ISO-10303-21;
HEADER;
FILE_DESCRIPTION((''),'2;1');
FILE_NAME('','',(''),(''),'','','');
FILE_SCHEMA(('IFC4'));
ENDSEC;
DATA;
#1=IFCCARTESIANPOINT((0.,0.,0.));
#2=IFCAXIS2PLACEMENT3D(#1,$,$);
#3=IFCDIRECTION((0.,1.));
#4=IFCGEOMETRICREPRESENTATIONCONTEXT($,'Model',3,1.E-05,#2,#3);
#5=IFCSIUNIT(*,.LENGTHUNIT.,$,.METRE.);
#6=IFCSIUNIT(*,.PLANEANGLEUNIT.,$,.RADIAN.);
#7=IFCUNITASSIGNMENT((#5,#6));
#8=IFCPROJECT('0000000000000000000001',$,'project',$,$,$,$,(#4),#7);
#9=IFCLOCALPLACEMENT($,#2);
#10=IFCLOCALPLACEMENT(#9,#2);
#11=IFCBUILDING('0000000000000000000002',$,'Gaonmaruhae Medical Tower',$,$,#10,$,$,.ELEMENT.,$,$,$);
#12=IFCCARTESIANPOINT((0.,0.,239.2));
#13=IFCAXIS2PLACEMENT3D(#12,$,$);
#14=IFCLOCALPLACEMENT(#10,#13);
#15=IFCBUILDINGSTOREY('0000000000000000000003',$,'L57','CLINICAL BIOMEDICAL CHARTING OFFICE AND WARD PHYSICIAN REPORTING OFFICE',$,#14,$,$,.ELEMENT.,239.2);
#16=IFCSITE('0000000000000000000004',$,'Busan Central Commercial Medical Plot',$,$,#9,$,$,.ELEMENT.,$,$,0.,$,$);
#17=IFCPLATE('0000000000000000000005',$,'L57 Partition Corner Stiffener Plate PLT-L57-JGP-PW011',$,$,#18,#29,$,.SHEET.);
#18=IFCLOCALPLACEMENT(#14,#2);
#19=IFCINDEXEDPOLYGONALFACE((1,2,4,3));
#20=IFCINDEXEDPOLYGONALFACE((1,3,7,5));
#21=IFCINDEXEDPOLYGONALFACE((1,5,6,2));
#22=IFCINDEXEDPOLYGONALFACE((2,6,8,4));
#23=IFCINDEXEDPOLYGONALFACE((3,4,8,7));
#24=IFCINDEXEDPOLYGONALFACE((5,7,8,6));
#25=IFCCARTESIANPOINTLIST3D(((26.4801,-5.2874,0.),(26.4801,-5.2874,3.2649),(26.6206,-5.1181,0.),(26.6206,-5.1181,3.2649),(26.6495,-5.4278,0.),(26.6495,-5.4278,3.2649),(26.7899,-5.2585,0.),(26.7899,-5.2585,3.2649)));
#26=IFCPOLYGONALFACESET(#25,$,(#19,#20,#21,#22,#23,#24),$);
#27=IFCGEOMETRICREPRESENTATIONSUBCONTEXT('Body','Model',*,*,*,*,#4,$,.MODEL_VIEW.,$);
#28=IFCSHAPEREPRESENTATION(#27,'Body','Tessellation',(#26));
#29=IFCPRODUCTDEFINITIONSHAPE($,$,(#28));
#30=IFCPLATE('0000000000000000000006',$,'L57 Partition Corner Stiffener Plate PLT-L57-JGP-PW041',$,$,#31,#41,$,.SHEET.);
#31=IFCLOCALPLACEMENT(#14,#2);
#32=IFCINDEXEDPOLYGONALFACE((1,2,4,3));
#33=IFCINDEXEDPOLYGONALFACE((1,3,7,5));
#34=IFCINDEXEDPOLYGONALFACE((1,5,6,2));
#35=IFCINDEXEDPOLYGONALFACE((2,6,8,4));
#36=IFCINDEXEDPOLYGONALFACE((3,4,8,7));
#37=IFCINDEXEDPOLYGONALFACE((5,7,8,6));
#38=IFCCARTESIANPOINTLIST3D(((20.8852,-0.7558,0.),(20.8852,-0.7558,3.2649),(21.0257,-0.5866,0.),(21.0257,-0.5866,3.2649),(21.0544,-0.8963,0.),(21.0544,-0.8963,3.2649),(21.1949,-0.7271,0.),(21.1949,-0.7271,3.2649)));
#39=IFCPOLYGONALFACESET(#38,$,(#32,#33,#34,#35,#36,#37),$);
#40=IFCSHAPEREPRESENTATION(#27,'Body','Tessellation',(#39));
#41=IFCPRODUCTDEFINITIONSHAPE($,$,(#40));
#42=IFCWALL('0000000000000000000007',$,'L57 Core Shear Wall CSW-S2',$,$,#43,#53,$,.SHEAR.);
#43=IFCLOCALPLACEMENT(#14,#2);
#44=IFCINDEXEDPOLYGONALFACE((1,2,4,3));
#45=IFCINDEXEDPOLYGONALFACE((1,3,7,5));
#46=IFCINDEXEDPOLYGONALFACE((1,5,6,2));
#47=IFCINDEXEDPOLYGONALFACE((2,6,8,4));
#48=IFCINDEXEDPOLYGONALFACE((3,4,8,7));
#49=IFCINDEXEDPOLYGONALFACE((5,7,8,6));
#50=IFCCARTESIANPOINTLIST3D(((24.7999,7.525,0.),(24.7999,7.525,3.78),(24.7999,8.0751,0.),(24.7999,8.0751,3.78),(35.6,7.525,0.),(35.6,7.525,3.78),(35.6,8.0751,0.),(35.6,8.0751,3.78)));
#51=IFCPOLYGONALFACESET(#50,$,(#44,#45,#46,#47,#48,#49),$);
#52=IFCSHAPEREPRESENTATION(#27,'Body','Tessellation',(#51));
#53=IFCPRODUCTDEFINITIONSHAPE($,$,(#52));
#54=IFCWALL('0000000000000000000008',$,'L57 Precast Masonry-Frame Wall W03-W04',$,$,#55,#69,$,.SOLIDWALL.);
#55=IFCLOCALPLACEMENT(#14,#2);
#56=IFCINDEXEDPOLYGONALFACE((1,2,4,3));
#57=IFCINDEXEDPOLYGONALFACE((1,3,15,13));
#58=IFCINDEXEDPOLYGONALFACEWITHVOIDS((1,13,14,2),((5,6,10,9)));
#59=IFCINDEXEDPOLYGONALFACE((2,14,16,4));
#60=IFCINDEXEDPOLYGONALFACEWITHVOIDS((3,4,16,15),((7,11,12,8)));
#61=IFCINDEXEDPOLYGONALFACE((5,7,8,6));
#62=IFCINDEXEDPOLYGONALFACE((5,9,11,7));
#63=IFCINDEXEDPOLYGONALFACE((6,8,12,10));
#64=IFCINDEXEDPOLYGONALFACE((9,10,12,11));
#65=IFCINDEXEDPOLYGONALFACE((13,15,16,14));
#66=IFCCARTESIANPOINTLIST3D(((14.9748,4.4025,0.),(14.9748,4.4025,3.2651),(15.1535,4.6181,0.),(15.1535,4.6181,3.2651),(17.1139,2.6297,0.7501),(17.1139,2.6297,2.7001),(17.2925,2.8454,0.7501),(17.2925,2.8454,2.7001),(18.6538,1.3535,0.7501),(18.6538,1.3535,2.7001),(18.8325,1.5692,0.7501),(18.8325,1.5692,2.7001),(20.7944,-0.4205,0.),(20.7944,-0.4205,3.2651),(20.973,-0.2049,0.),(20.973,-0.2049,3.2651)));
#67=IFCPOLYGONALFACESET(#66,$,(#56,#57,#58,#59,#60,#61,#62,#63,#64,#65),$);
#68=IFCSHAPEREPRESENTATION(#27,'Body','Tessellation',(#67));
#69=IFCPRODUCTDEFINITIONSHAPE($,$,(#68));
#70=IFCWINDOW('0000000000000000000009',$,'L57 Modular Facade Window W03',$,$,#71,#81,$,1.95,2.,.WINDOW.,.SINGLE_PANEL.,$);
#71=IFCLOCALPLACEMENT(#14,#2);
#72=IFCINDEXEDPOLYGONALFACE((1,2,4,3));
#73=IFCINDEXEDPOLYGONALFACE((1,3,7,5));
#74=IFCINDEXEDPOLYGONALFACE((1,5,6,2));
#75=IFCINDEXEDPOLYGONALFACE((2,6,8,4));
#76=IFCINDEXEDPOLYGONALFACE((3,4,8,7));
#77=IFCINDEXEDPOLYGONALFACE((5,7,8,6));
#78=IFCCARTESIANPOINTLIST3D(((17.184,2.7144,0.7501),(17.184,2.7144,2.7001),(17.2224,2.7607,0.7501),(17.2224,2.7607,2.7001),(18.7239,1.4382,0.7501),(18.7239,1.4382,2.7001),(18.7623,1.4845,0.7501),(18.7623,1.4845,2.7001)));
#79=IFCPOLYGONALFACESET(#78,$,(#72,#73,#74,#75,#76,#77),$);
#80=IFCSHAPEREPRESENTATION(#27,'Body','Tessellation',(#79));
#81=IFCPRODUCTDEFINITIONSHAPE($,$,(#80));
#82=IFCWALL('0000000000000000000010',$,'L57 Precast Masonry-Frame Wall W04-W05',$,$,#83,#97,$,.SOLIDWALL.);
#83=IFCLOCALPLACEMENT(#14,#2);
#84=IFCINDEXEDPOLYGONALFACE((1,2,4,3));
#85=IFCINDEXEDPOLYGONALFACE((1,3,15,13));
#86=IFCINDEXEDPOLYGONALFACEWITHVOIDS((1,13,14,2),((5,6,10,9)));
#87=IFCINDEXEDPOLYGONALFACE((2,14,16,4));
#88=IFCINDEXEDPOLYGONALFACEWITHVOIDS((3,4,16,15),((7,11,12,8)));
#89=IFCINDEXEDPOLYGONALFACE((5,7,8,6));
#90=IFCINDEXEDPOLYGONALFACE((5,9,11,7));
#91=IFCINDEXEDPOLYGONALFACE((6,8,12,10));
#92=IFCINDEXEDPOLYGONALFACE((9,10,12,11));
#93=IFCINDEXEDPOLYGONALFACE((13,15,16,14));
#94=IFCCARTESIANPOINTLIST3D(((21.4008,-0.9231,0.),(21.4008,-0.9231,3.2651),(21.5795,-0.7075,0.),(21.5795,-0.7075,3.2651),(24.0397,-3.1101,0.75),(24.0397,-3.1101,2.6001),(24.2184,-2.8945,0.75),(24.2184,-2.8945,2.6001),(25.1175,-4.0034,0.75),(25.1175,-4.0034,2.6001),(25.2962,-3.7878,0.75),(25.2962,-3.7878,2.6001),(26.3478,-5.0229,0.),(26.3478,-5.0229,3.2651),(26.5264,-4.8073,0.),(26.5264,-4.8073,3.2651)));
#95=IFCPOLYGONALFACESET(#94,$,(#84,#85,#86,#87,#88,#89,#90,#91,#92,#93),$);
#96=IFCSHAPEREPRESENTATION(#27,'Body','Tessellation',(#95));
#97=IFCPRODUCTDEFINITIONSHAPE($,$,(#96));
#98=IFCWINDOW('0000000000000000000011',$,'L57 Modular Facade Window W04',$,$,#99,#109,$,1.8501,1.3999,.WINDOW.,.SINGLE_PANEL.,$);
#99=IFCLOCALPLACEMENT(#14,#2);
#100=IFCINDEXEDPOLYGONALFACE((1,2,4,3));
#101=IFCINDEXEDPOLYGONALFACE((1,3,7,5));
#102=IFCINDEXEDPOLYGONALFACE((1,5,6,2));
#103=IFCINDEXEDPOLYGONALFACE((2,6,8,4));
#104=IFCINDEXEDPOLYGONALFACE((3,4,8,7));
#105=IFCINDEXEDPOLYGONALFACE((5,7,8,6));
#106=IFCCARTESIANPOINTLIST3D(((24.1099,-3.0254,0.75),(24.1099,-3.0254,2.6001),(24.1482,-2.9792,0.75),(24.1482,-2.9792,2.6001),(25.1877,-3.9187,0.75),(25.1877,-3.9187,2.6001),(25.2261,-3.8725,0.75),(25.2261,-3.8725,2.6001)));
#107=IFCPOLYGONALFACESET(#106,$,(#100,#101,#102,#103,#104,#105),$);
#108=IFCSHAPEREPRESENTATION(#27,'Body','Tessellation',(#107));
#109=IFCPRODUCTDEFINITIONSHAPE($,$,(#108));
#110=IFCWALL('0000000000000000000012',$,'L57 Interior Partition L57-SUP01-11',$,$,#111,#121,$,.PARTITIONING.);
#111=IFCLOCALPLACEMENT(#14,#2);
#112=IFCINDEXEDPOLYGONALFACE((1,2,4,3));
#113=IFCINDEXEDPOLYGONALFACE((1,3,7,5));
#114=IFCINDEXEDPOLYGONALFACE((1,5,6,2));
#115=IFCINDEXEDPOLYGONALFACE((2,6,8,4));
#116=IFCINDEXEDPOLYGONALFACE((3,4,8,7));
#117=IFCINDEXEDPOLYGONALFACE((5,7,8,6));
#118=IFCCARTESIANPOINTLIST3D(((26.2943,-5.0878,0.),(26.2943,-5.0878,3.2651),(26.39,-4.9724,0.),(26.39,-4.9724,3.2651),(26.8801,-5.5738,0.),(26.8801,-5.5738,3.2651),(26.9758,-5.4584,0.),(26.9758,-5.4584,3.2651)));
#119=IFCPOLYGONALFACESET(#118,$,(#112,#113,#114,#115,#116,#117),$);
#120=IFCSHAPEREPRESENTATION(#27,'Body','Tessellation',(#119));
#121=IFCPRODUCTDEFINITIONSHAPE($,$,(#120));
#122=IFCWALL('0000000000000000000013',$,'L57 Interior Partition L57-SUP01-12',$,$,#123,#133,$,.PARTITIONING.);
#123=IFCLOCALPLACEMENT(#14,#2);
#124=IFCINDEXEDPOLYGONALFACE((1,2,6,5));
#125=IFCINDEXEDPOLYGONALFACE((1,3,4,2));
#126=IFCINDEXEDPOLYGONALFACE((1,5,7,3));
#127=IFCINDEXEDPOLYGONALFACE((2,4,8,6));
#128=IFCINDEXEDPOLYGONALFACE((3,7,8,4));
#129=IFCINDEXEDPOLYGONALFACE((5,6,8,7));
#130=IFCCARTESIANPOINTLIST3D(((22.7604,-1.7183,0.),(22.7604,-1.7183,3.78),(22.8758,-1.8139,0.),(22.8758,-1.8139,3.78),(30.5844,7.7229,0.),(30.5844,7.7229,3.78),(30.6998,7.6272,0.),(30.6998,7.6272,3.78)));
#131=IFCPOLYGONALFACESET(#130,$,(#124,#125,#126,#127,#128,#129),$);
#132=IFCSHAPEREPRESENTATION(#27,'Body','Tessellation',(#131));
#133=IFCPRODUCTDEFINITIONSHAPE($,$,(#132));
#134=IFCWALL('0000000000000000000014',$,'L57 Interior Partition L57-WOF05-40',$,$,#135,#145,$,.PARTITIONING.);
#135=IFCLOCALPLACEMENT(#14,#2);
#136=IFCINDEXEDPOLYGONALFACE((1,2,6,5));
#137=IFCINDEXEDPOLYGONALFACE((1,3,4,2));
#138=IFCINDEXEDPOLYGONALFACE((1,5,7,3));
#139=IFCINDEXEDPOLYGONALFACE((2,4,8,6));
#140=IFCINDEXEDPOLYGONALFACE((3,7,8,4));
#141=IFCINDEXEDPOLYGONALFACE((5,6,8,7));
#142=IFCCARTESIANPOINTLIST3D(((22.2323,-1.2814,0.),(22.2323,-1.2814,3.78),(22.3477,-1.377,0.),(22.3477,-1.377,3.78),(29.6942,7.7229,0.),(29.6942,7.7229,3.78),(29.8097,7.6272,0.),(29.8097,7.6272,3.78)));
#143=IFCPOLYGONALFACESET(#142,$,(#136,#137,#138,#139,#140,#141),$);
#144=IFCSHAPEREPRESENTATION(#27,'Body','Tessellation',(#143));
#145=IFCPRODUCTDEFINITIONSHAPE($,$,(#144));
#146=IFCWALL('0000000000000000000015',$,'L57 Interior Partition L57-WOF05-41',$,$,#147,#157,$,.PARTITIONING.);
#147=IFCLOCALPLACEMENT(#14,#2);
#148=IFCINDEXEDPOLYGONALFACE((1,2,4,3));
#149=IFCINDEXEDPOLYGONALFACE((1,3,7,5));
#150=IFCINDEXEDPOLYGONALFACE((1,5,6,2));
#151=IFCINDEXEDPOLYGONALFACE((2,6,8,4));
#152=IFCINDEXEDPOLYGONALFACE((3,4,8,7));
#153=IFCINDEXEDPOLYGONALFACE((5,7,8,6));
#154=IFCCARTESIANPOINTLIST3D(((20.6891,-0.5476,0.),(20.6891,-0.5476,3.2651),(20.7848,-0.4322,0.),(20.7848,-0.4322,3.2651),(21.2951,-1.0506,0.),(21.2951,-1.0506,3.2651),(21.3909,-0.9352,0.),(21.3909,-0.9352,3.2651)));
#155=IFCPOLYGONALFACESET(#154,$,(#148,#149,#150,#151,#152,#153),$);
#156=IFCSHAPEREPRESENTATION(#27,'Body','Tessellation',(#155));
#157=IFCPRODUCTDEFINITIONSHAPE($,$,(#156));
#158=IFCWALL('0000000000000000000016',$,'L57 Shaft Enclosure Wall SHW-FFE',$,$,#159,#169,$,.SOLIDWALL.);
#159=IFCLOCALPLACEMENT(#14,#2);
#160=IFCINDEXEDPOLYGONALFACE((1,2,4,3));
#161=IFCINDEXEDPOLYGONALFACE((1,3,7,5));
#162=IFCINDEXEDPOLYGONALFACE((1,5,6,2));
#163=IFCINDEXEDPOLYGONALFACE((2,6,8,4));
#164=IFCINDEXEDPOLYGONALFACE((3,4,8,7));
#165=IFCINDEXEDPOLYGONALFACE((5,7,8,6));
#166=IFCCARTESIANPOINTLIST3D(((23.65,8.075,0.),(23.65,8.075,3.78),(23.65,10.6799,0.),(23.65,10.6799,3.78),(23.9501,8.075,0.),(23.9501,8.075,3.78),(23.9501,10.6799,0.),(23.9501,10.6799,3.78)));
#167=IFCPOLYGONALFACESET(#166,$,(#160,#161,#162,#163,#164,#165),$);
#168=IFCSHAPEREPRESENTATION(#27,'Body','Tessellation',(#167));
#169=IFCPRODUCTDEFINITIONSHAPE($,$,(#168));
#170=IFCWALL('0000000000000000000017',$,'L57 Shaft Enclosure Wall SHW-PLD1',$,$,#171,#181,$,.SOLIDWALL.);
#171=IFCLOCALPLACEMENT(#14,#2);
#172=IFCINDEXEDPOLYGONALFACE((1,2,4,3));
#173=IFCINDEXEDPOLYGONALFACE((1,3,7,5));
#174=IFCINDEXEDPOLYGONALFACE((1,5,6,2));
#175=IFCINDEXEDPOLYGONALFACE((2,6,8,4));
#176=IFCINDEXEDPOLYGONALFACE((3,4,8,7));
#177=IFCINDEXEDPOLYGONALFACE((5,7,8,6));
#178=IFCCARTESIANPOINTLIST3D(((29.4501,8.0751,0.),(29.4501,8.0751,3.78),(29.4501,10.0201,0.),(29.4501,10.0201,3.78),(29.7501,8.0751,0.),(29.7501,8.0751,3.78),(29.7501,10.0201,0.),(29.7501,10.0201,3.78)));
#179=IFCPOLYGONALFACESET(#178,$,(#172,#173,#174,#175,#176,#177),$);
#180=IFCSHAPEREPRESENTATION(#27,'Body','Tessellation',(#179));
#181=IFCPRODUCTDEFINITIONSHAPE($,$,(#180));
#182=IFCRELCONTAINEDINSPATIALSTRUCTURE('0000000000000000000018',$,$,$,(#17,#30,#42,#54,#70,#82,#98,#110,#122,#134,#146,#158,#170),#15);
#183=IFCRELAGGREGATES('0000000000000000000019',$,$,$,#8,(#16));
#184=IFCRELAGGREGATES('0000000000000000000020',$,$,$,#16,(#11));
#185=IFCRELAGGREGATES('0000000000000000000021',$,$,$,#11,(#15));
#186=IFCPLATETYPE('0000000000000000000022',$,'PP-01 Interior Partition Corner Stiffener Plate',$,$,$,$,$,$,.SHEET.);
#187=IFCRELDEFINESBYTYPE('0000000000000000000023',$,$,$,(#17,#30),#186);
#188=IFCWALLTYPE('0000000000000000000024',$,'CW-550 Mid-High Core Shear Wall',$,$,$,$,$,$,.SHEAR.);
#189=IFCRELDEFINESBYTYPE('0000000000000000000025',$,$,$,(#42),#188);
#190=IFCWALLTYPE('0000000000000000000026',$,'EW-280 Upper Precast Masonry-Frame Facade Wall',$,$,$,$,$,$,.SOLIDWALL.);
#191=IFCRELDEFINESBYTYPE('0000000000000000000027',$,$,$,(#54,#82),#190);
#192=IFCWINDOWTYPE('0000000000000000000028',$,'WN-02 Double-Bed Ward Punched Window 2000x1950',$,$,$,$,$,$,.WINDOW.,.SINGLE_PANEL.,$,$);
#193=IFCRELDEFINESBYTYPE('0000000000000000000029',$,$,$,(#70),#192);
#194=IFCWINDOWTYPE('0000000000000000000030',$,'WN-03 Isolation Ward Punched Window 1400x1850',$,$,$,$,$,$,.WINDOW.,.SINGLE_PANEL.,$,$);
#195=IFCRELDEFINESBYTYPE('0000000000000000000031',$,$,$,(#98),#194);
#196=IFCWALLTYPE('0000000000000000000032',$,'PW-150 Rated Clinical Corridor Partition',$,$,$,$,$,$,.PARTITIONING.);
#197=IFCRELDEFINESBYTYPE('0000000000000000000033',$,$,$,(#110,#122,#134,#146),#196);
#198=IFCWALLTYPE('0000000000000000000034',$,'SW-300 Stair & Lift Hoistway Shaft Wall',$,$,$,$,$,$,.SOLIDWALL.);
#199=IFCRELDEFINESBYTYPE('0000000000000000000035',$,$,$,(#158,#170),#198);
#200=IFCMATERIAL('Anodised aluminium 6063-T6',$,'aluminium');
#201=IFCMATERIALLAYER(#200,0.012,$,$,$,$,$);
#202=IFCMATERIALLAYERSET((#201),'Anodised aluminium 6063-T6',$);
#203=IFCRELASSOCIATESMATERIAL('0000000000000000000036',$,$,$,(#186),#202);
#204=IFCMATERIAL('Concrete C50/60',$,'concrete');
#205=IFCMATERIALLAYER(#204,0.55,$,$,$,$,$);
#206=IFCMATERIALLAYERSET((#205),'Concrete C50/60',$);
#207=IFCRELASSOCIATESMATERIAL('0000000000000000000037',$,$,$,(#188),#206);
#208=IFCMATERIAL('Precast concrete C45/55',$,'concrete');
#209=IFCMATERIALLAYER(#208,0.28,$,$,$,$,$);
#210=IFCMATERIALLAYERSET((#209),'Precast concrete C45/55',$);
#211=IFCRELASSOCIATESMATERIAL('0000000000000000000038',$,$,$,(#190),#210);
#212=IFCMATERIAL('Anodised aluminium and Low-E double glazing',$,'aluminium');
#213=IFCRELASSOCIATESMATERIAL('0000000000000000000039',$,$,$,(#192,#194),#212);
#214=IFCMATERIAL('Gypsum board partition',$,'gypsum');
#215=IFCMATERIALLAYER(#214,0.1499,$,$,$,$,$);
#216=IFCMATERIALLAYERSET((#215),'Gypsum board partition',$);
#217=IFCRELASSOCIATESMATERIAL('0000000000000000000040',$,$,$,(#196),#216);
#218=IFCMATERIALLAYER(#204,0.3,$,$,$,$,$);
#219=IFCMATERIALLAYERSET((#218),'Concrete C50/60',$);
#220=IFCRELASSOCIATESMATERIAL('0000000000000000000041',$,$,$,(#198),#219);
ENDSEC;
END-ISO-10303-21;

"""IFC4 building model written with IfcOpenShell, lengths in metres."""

from ifc_helpers import new_model, si_unit, direction, frame, frame_2d, origin, origin_2d, place, context, subcontext, project, spatial, rectangle, extrude, material, layer, layer_set, type_object, element, fill, save


model = new_model("IFC4")

# Units and contexts
model_context = context("Model", 3, precision=1e-05, world=origin(), true_north=direction((0.0, 1.0)))
body_context = subcontext(model_context, "Body", "Model", "MODEL_VIEW")
ifc_project = project(units=[si_unit("LENGTHUNIT", "METRE"), si_unit("PLANEANGLEUNIT", "RADIAN")], contexts=[model_context])

# Site, building, storey
site_placement = place(None, origin())
site = spatial("IfcSite", under=ifc_project, at=site_placement, Name="Busan Central Commercial Medical Plot", CompositionType="ELEMENT", RefElevation=0.0)
building_placement = place(site_placement, origin())
building = spatial("IfcBuilding", under=site, at=building_placement, Name="Gaonmaruhae Medical Tower", CompositionType="ELEMENT")
storey_placement = place(building_placement, frame((0.0, 0.0, 239.2)))
storey = spatial("IfcBuildingStorey", under=building, at=storey_placement, Name="L57", Description="CLINICAL BIOMEDICAL CHARTING OFFICE AND WARD PHYSICIAN REPORTING OFFICE", CompositionType="ELEMENT", Elevation=239.2)

# Shared definitions
ifc_material_1 = material(Name="Concrete C50/60", Category="concrete")

# Plates
ifc_material_2 = material(Name="Anodised aluminium 6063-T6", Category="aluminium")
ifc_layer_1 = layer(ifc_material_2, 0.012)
ifc_layer_set_1 = layer_set([ifc_layer_1], Name="Anodised aluminium 6063-T6")
plate_type = type_object("IfcPlateType", Name="PP-01 Interior Partition Corner Stiffener Plate", PredefinedType="SHEET", material=ifc_layer_set_1)
for number, where, z_axis, x_axis, name in (
    (1, (26.635, -5.2729, 0.0), (0.0, 0.0, 1.0), (-0.769723, 0.638378, 0.0), "L57 Partition Corner Stiffener Plate PLT-L57-JGP-PW011"),
    (2, (21.04, -0.7415, 0.0), (0.0, 0.0, 1.0), (-0.769466, 0.638687, 0.0), "L57 Partition Corner Stiffener Plate PLT-L57-JGP-PW041"),
):
    element("IfcPlate", number, at=place(storey_placement, frame(where, z_axis=z_axis, x_axis=x_axis)), inside=storey, type_object=plate_type, Name=name, PredefinedType="SHEET", context=body_context, shape_type="SweptSolid", body=[
        extrude(rectangle(XDim=0.22, YDim=0.22, at=origin_2d()), origin(), (0.0, 0.0, 1.0), 3.2649),
    ])

# Wall
ifc_layer_2 = layer(ifc_material_1, 0.55)
ifc_layer_set_2 = layer_set([ifc_layer_2], Name="Concrete C50/60")
wall_type_1 = type_object("IfcWallType", Name="CW-550 Mid-High Core Shear Wall", PredefinedType="SHEAR", material=ifc_layer_set_2)
wall_1_placement = place(storey_placement, frame((24.8, 7.8, 0.0), z_axis=(0.0, 0.0, 1.0), x_axis=(1.0, 0.0, 0.0)))
element("IfcWall", 3, at=wall_1_placement, inside=storey, type_object=wall_type_1, Name="L57 Core Shear Wall CSW-S2", PredefinedType="SHEAR", context=body_context, shape_type="SweptSolid", body=[
    extrude(rectangle(XDim=10.8, YDim=0.55, at=frame_2d((5.3999, 0.0))), origin(), (0.0, 0.0, 1.0), 3.78),
])

# Walls, openings, windows
ifc_material_3 = material(Name="Precast concrete C45/55", Category="concrete")
ifc_layer_3 = layer(ifc_material_3, 0.28)
ifc_layer_set_3 = layer_set([ifc_layer_3], Name="Precast concrete C45/55")
wall_type_2 = type_object("IfcWallType", Name="EW-280 Upper Precast Masonry-Frame Facade Wall", PredefinedType="SOLIDWALL", material=ifc_layer_set_3)
wall_2_placement = place(storey_placement, frame((20.8838, -0.3127, 0.0), z_axis=(0.0, 0.0, 1.0), x_axis=(-0.769953, 0.638101, 0.0)))
wall_2 = element("IfcWall", 4, at=wall_2_placement, inside=storey, type_object=wall_type_2, Name="L57 Precast Masonry-Frame Wall W03-W04", PredefinedType="SOLIDWALL", context=body_context, shape_type="SweptSolid", body=[
    extrude(rectangle(XDim=7.5583, YDim=0.28, at=frame_2d((3.7793, 0.0))), origin(), (0.0, 0.0, 1.0), 3.2651),
])
opening_1_placement = place(wall_2_placement, frame((2.7803, 0.0, 0.75)))
opening_1 = element("IfcOpeningElement", 5, at=opening_1_placement, cuts=wall_2, PredefinedType="OPENING", context=body_context, shape_type="SweptSolid", body=[
    extrude(rectangle(XDim=2.0, YDim=1.95, at=frame_2d((1.0, 0.9751))), frame((0.0, 0.1499, 0.0), z_axis=(0.0, -1.0, 0.0), x_axis=(1.0, 0.0, 0.0)), (0.0, 0.0, 1.0), 0.3),
])
ifc_material_4 = material(Name="Anodised aluminium and Low-E double glazing", Category="aluminium")
window_type_1 = type_object("IfcWindowType", Name="WN-02 Double-Bed Ward Punched Window 2000x1950", PartitioningType="SINGLE_PANEL", PredefinedType="WINDOW", material=ifc_material_4)
window_1_placement = place(opening_1_placement, origin())
window_1 = element("IfcWindow", 6, at=window_1_placement, inside=storey, type_object=window_type_1, Name="L57 Modular Facade Window W03", OverallHeight=1.95, OverallWidth=2.0, PartitioningType="SINGLE_PANEL", PredefinedType="WINDOW", context=body_context, shape_type="SweptSolid", body=[
    extrude(rectangle(XDim=2.0, YDim=1.95, at=frame_2d((1.0, 0.9751))), frame((0.0, 0.03, 0.0), z_axis=(0.0, -1.0, 0.0), x_axis=(1.0, 0.0, 0.0)), (0.0, 0.0, 1.0), 0.0601),
])
fill(opening_1, window_1)
wall_3_placement = place(storey_placement, frame((26.437, -4.915, 0.0), z_axis=(0.0, 0.0, 1.0), x_axis=(-0.769953, 0.6381, 0.0)))
wall_3 = element("IfcWall", 7, at=wall_3_placement, inside=storey, type_object=wall_type_2, Name="L57 Precast Masonry-Frame Wall W04-W05", PredefinedType="SOLIDWALL", context=body_context, shape_type="SweptSolid", body=[
    extrude(rectangle(XDim=6.425, YDim=0.28, at=frame_2d((3.2124, 0.0))), origin(), (0.0, 0.0, 1.0), 3.2651),
])
opening_2_placement = place(wall_3_placement, frame((1.5977, 0.0, 0.75)))
opening_2 = element("IfcOpeningElement", 8, at=opening_2_placement, cuts=wall_3, PredefinedType="OPENING", context=body_context, shape_type="SweptSolid", body=[
    extrude(rectangle(XDim=1.3999, YDim=1.8501, at=frame_2d((0.7, 0.925))), frame((0.0, 0.1499, 0.0), z_axis=(0.0, -1.0, 0.0), x_axis=(1.0, 0.0, 0.0)), (0.0, 0.0, 1.0), 0.3),
])
window_type_2 = type_object("IfcWindowType", Name="WN-03 Isolation Ward Punched Window 1400x1850", PartitioningType="SINGLE_PANEL", PredefinedType="WINDOW", material=ifc_material_4)
window_2_placement = place(opening_2_placement, origin())
window_2 = element("IfcWindow", 9, at=window_2_placement, inside=storey, type_object=window_type_2, Name="L57 Modular Facade Window W04", OverallHeight=1.8501, OverallWidth=1.3999, PartitioningType="SINGLE_PANEL", PredefinedType="WINDOW", context=body_context, shape_type="SweptSolid", body=[
    extrude(rectangle(XDim=1.3999, YDim=1.8501, at=frame_2d((0.7, 0.925))), frame((0.0, 0.03, 0.0), z_axis=(0.0, -1.0, 0.0), x_axis=(1.0, 0.0, 0.0)), (0.0, 0.0, 1.0), 0.0601),
])
fill(opening_2, window_2)

# Walls
ifc_material_5 = material(Name="Gypsum board partition", Category="gypsum")
ifc_layer_4 = layer(ifc_material_5, 0.1499)
ifc_layer_set_4 = layer_set([ifc_layer_4], Name="Gypsum board partition")
wall_type_3 = type_object("IfcWallType", Name="PW-150 Rated Clinical Corridor Partition", PredefinedType="PARTITIONING", material=ifc_layer_set_4)
wall_4_placement = place(storey_placement, frame((26.928, -5.5161, 0.0), z_axis=(0.0, 0.0, 1.0), x_axis=(-0.769639, 0.63848, 0.0)))
element("IfcWall", 10, at=wall_4_placement, inside=storey, type_object=wall_type_3, Name="L57 Interior Partition L57-SUP01-11", PredefinedType="PARTITIONING", context=body_context, shape_type="SweptSolid", body=[
    extrude(rectangle(XDim=0.7612, YDim=0.1499, at=frame_2d((0.3806, 0.0))), origin(), (0.0, 0.0, 1.0), 3.2651),
])
wall_5_placement = place(storey_placement, frame((22.8181, -1.7661, 0.0), z_axis=(0.0, 0.0, 1.0), x_axis=(0.638081, 0.76997, 0.0)))
element("IfcWall", 11, at=wall_5_placement, inside=storey, type_object=wall_type_3, Name="L57 Interior Partition L57-SUP01-12", PredefinedType="PARTITIONING", context=body_context, shape_type="SweptSolid", body=[
    extrude(rectangle(XDim=12.2617, YDim=0.1499, at=frame_2d((6.1309, 0.0))), origin(), (0.0, 0.0, 1.0), 3.78),
])
wall_6_placement = place(storey_placement, frame((29.752, 7.675, 0.0), z_axis=(0.0, 0.0, 1.0), x_axis=(-0.638085, -0.769966, 0.0)))
element("IfcWall", 12, at=wall_6_placement, inside=storey, type_object=wall_type_3, Name="L57 Interior Partition L57-WOF05-40", PredefinedType="PARTITIONING", context=body_context, shape_type="SweptSolid", body=[
    extrude(rectangle(XDim=11.6943, YDim=0.1499, at=frame_2d((5.8472, 0.0))), origin(), (0.0, 0.0, 1.0), 3.78),
])
wall_7_placement = place(storey_placement, frame((21.343, -0.9929, 0.0), z_axis=(0.0, 0.0, 1.0), x_axis=(-0.76949, 0.638658, 0.0)))
element("IfcWall", 13, at=wall_7_placement, inside=storey, type_object=wall_type_3, Name="L57 Interior Partition L57-WOF05-41", PredefinedType="PARTITIONING", context=body_context, shape_type="SweptSolid", body=[
    extrude(rectangle(XDim=0.7876, YDim=0.1499, at=frame_2d((0.3938, 0.0))), origin(), (0.0, 0.0, 1.0), 3.2651),
])
ifc_layer_5 = layer(ifc_material_1, 0.3)
ifc_layer_set_5 = layer_set([ifc_layer_5], Name="Concrete C50/60")
wall_type_4 = type_object("IfcWallType", Name="SW-300 Stair & Lift Hoistway Shaft Wall", PredefinedType="SOLIDWALL", material=ifc_layer_set_5)
wall_8_placement = place(storey_placement, frame((23.8, 8.075, 0.0), z_axis=(0.0, 0.0, 1.0), x_axis=(0.0, 1.0, 0.0)))
element("IfcWall", 14, at=wall_8_placement, inside=storey, type_object=wall_type_4, Name="L57 Shaft Enclosure Wall SHW-FFE", PredefinedType="SOLIDWALL", context=body_context, shape_type="SweptSolid", body=[
    extrude(rectangle(XDim=2.605, YDim=0.3, at=frame_2d((1.3025, 0.0))), origin(), (0.0, 0.0, 1.0), 3.78),
])
wall_9_placement = place(storey_placement, frame((29.6001, 8.075, 0.0), z_axis=(0.0, 0.0, 1.0), x_axis=(0.0, 1.0, 0.0)))
element("IfcWall", 15, at=wall_9_placement, inside=storey, type_object=wall_type_4, Name="L57 Shaft Enclosure Wall SHW-PLD1", PredefinedType="SOLIDWALL", context=body_context, shape_type="SweptSolid", body=[
    extrude(rectangle(XDim=1.9451, YDim=0.3, at=frame_2d((0.9727, 0.0))), origin(), (0.0, 0.0, 1.0), 3.78),
])

save(model, "model.ifc")
